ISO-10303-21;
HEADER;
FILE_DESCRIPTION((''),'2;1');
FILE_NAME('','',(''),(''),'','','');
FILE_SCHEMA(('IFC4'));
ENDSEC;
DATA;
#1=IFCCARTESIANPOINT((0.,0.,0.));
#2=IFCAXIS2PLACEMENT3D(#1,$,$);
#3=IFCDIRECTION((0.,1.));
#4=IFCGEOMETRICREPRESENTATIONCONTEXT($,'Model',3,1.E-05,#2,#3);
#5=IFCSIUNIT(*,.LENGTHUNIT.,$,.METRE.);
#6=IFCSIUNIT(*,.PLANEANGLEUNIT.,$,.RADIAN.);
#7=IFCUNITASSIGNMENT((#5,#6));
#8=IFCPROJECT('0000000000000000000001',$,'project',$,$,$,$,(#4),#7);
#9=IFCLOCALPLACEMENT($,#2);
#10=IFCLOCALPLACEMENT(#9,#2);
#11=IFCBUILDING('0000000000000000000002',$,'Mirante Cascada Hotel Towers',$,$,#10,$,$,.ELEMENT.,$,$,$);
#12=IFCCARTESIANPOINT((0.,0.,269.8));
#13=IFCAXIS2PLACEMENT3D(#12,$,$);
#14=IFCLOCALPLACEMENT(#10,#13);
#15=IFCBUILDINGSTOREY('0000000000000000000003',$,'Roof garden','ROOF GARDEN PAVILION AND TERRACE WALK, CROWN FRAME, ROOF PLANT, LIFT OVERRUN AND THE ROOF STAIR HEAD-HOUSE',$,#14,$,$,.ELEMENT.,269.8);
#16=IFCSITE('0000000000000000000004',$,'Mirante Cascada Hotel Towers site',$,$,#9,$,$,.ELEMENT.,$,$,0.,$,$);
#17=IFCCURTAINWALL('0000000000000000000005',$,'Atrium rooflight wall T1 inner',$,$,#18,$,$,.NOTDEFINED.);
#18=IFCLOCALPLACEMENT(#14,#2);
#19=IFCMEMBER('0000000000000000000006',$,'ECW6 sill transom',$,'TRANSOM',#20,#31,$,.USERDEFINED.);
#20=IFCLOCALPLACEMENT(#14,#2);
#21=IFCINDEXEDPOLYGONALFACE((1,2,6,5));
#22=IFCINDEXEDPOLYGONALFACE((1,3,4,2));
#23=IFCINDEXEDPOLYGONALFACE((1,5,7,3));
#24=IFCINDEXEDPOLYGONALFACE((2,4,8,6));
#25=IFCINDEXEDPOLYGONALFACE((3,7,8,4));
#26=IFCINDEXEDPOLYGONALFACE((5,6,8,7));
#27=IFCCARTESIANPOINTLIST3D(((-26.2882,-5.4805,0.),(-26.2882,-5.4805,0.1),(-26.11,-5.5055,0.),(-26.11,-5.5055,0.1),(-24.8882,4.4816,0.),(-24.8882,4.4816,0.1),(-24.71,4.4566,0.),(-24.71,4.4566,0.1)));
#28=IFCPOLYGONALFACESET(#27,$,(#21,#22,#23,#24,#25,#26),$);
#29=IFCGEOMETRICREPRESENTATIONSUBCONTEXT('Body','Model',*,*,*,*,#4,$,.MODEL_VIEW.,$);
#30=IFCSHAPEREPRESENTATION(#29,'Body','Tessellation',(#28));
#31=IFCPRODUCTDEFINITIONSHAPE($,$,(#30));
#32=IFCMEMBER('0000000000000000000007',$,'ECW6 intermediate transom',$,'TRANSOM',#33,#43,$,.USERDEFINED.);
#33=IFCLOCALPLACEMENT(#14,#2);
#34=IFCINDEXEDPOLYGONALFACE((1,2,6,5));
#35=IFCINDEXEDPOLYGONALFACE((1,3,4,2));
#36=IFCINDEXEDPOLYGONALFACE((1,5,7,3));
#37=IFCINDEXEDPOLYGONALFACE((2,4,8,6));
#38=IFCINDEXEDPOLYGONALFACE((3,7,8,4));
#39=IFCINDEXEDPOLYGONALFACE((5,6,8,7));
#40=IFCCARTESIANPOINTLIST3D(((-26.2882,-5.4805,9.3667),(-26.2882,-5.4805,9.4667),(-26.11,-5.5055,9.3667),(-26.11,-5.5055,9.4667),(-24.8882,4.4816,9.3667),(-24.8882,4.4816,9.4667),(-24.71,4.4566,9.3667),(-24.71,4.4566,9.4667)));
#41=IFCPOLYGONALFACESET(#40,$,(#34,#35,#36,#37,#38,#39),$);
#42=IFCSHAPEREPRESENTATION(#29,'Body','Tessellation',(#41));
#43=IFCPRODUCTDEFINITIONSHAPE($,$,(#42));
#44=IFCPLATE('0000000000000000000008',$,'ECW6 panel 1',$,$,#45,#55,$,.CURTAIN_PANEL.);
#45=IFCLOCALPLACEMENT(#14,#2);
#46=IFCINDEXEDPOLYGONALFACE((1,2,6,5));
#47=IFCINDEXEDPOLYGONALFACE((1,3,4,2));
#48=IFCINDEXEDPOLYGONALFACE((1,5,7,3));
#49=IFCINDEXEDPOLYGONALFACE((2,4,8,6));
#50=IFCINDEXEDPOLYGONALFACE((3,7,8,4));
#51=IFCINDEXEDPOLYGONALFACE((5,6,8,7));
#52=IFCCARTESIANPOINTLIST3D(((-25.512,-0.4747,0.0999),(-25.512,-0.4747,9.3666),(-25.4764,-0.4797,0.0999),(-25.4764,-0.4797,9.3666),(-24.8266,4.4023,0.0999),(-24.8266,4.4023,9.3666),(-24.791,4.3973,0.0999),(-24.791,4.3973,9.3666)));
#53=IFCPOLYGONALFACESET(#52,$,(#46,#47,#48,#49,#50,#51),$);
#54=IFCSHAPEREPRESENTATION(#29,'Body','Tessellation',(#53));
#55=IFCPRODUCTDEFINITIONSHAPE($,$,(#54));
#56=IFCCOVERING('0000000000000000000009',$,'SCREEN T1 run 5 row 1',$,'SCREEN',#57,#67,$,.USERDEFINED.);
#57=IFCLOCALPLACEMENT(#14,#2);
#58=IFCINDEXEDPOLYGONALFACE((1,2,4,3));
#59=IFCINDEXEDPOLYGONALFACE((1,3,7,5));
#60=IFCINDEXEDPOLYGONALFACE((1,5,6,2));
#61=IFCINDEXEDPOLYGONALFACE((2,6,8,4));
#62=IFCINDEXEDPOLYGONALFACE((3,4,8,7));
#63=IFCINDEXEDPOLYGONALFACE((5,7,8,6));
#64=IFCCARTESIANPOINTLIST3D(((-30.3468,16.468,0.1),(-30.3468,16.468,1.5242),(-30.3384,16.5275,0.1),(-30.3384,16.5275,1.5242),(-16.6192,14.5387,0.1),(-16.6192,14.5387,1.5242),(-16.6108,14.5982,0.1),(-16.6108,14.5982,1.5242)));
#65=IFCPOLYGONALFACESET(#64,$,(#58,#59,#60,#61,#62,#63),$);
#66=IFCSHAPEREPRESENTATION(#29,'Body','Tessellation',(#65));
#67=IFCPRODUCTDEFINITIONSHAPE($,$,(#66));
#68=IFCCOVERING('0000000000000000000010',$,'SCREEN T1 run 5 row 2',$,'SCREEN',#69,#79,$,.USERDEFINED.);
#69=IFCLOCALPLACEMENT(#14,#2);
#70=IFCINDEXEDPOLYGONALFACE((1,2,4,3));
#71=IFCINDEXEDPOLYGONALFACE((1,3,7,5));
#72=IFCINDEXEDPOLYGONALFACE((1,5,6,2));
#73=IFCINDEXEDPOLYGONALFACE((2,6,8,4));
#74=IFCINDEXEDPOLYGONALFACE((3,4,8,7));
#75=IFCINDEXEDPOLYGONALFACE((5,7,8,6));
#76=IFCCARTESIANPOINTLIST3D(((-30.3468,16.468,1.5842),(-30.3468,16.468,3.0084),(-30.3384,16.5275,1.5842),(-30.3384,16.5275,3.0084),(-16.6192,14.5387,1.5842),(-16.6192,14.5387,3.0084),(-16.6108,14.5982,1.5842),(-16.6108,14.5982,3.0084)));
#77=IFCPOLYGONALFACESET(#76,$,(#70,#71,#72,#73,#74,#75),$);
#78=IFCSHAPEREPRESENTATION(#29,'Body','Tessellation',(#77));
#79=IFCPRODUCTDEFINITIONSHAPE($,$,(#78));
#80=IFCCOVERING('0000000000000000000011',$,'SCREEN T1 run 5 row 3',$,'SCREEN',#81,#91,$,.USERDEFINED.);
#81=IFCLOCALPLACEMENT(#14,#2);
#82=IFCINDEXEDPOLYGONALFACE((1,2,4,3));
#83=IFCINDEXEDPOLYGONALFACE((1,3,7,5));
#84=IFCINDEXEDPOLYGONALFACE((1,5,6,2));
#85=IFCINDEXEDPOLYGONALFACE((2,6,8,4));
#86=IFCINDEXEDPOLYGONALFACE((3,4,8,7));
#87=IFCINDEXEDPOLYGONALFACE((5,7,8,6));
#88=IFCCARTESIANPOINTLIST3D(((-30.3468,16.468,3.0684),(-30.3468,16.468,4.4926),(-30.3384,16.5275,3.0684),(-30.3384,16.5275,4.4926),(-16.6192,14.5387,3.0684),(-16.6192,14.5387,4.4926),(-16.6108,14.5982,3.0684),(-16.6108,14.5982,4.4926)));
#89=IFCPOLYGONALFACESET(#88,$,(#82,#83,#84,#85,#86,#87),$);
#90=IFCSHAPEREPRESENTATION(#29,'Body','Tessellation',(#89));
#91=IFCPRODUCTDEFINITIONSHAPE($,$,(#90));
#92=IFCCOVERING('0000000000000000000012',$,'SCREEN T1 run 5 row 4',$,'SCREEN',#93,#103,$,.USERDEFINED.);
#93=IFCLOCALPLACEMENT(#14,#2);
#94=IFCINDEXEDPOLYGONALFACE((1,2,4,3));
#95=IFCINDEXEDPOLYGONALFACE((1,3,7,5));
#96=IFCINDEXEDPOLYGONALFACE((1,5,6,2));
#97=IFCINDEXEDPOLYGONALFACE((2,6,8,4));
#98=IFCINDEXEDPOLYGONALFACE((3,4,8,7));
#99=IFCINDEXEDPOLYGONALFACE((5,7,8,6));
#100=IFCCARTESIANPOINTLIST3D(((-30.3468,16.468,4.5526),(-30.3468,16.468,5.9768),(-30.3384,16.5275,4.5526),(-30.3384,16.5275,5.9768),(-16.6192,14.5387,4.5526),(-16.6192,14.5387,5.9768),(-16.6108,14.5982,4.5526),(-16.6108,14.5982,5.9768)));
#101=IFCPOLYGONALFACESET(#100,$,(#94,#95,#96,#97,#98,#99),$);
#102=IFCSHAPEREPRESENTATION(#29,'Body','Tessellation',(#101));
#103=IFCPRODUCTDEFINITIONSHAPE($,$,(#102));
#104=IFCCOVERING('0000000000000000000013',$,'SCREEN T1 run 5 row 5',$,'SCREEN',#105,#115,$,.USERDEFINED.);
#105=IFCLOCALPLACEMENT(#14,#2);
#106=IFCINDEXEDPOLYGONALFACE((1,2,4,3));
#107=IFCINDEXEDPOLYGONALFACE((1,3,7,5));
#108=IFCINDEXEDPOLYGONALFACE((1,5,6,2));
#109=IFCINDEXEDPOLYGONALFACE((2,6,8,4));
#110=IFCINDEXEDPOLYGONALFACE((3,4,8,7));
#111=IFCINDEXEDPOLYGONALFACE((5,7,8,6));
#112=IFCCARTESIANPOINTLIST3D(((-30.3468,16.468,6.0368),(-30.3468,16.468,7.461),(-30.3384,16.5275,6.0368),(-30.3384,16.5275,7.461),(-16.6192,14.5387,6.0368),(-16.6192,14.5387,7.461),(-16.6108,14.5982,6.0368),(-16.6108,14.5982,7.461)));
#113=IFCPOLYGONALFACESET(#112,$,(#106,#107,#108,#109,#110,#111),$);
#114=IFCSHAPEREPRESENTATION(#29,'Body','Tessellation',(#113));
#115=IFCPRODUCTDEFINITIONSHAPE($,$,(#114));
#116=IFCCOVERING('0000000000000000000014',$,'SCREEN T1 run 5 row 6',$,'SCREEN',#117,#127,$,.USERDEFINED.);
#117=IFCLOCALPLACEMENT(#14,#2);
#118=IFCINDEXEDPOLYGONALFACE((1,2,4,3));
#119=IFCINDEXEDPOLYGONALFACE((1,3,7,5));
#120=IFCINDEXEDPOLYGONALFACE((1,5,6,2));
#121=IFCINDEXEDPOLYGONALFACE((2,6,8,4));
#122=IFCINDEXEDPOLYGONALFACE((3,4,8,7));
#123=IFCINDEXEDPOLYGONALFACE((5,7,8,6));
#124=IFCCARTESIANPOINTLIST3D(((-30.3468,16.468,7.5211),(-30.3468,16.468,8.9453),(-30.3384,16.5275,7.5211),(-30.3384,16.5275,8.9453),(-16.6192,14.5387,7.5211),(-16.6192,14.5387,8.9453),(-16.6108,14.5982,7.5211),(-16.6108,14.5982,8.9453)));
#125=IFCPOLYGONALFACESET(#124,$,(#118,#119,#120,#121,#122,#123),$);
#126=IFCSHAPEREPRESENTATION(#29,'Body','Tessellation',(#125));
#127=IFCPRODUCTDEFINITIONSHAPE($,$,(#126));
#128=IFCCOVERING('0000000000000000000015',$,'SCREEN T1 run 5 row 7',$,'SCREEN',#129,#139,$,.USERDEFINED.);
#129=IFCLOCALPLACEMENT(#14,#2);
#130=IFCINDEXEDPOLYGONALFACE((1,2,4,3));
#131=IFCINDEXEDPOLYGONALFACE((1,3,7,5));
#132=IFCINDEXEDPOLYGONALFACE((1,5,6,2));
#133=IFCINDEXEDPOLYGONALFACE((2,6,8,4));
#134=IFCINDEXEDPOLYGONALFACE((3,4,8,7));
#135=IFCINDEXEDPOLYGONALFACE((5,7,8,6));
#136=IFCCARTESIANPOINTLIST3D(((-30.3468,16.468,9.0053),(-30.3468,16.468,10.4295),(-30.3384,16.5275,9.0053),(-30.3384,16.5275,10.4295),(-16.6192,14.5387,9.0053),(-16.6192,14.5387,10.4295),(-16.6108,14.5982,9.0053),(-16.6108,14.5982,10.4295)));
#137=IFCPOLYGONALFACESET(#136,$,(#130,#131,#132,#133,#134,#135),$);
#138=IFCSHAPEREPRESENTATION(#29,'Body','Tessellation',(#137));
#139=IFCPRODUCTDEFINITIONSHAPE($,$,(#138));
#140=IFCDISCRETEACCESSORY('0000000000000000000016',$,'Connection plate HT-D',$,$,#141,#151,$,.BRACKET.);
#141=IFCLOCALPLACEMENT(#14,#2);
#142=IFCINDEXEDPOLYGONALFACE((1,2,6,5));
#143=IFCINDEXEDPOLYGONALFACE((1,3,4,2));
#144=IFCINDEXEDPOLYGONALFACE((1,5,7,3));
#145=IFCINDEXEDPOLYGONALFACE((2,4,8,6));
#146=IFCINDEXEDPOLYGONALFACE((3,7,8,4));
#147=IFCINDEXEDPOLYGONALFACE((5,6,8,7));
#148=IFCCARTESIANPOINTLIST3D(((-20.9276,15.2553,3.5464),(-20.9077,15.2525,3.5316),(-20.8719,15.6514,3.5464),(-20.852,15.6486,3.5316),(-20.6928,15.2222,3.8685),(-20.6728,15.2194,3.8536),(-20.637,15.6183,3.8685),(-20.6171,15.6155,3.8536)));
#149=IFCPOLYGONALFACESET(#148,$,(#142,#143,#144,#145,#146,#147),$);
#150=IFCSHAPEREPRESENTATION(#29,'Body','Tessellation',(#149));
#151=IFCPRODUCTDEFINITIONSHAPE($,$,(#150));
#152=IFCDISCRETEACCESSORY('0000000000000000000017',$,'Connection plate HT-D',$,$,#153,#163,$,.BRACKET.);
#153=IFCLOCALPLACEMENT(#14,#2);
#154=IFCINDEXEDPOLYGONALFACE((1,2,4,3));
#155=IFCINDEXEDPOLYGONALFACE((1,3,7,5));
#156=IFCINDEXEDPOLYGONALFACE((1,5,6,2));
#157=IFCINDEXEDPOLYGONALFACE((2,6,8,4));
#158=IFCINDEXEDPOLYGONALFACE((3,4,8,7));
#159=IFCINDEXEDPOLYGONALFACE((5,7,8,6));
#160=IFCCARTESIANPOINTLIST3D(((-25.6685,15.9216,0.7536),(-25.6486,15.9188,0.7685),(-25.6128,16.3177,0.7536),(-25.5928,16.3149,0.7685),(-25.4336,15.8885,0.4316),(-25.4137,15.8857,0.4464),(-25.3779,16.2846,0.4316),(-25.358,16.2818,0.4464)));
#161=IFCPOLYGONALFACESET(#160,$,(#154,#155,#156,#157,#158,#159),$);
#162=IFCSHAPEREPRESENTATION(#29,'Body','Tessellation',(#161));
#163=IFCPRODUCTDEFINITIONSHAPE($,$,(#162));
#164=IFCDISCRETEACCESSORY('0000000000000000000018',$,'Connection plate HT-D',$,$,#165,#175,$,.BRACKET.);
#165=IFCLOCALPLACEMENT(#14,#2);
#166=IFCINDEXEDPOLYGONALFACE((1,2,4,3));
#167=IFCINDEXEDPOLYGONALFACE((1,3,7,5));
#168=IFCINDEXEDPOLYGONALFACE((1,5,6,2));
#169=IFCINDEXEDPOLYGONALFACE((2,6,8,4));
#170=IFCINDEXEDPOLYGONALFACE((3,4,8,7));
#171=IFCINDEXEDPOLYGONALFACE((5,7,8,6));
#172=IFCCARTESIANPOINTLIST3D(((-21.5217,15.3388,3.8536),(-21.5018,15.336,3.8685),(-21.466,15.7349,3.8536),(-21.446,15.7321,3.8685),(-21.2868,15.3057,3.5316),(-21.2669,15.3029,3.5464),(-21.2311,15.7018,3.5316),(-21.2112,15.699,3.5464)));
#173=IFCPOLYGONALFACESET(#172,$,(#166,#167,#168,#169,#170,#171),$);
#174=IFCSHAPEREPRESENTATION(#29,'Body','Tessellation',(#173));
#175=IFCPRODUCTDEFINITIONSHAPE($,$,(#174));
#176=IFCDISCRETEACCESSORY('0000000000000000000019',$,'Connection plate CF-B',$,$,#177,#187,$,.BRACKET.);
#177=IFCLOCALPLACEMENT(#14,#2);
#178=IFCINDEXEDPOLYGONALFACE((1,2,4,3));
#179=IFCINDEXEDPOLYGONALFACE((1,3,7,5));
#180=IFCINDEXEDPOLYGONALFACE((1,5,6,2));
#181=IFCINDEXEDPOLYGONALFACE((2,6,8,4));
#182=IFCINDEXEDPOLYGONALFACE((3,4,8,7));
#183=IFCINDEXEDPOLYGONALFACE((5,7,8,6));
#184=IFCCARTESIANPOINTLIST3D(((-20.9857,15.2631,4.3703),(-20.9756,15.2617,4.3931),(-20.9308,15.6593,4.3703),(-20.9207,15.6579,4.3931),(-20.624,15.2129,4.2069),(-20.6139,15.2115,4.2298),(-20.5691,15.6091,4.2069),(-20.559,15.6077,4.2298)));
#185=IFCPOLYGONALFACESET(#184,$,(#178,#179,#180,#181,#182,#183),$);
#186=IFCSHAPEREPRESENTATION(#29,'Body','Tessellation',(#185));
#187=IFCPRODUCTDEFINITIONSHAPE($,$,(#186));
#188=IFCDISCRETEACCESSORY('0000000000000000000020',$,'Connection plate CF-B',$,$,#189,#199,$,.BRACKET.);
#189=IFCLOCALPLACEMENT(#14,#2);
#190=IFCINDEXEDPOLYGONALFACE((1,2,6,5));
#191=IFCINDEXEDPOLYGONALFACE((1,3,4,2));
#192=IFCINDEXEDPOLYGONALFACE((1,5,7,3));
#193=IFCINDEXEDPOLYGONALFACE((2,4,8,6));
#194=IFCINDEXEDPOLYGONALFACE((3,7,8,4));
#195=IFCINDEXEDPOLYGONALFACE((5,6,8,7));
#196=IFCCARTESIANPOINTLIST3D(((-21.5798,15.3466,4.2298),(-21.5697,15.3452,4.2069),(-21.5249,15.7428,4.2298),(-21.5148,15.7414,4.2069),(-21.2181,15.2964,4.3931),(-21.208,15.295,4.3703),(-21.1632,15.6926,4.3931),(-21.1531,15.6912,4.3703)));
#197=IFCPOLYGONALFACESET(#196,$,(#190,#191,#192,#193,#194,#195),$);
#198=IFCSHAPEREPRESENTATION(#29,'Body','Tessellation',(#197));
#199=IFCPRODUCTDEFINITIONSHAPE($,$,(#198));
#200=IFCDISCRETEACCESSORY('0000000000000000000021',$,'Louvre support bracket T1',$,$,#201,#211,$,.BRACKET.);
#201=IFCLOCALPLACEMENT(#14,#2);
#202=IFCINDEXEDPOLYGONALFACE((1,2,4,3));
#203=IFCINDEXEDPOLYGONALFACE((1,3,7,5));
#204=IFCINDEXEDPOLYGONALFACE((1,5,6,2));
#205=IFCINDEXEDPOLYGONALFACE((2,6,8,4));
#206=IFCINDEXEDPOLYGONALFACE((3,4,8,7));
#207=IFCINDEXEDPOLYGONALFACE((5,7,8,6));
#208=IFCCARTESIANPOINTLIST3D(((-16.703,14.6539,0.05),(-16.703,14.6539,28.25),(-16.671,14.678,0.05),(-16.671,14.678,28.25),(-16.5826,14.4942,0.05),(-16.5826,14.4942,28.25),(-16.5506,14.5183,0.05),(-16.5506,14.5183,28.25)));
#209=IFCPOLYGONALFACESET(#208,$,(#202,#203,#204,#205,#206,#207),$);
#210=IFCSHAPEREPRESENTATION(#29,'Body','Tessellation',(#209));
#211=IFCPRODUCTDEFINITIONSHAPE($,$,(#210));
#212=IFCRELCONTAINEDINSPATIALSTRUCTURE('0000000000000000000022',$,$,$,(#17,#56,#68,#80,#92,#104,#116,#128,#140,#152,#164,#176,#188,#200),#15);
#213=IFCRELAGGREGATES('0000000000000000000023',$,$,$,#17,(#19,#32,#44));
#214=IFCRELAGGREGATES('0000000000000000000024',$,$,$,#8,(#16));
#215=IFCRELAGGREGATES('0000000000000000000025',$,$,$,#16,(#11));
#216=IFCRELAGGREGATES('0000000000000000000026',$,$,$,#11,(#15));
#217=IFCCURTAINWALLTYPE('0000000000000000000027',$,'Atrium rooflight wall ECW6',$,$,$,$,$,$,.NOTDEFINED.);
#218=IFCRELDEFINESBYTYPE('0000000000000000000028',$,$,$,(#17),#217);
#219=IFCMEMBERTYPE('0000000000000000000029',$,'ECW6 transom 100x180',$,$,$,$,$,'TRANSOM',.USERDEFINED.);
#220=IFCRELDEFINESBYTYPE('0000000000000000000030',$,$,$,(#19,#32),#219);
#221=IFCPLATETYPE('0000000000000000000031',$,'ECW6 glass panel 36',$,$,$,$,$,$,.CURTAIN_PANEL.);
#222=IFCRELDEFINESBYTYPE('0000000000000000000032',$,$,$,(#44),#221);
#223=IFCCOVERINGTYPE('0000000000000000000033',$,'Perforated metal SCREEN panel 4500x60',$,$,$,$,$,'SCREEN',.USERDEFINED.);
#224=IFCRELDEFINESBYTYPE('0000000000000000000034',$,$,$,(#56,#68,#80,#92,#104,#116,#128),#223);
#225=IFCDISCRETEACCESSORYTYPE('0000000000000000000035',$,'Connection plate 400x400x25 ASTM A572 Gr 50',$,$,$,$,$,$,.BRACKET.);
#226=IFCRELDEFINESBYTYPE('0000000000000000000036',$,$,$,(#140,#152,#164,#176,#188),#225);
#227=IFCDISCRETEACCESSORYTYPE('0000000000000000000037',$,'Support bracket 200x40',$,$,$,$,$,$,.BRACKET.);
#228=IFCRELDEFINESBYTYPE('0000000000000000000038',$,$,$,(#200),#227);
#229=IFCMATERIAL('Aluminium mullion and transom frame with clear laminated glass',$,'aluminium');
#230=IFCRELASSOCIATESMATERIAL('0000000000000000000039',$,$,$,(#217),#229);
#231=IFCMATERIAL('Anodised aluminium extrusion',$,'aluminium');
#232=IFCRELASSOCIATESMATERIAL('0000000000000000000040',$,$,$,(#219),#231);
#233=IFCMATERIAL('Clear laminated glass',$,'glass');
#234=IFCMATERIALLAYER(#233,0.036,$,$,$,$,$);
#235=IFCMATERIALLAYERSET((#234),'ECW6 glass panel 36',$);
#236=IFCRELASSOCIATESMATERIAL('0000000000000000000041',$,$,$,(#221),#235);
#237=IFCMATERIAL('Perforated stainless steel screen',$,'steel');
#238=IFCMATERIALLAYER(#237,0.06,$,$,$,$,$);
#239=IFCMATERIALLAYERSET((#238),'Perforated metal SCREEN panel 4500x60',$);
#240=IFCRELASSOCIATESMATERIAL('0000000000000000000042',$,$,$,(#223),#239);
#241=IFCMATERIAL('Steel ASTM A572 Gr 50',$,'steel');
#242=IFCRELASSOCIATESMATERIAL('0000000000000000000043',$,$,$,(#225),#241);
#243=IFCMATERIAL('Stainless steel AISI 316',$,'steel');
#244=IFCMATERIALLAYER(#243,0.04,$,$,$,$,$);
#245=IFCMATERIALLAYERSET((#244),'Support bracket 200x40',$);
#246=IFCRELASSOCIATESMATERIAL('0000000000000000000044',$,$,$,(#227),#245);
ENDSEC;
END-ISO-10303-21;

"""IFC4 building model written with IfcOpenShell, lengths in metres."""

from ifc_helpers import new_model, si_unit, direction, frame, origin, origin_2d, place, context, subcontext, project, spatial, rectangle, extrude, material, layer, layer_set, material_profile, profile_set, type_object, element, aggregate, save


model = new_model("IFC4")

# Units and contexts
model_context = context("Model", 3, precision=1e-05, world=origin(), true_north=direction((0.0, 1.0)))
body_context = subcontext(model_context, "Body", "Model", "MODEL_VIEW")
ifc_project = project(units=[si_unit("LENGTHUNIT", "METRE"), si_unit("PLANEANGLEUNIT", "RADIAN")], contexts=[model_context])

# Site, building, storey
site_placement = place(None, origin())
site = spatial("IfcSite", under=ifc_project, at=site_placement, Name="Mirante Cascada Hotel Towers site", CompositionType="ELEMENT", RefElevation=0.0)
building_placement = place(site_placement, origin())
building = spatial("IfcBuilding", under=site, at=building_placement, Name="Mirante Cascada Hotel Towers", CompositionType="ELEMENT")
storey_placement = place(building_placement, frame((0.0, 0.0, 269.8)))
storey = spatial("IfcBuildingStorey", under=building, at=storey_placement, Name="Roof garden", Description="ROOF GARDEN PAVILION AND TERRACE WALK, CROWN FRAME, ROOF PLANT, LIFT OVERRUN AND THE ROOF STAIR HEAD-HOUSE", CompositionType="ELEMENT", Elevation=269.8)

# Shared definitions
ifc_material_1 = material(Name="Aluminium mullion and transom frame with clear laminated glass", Category="aluminium")
curtain_wall_type = type_object("IfcCurtainWallType", Name="Atrium rooflight wall ECW6", PredefinedType="NOTDEFINED", material=ifc_material_1)

# Curtain wall, members, plate
curtain_wall_1_placement = place(storey_placement, origin())
curtain_wall_1 = element("IfcCurtainWall", 1, at=curtain_wall_1_placement, inside=storey, type_object=curtain_wall_type, Name="Atrium rooflight wall T1 inner", PredefinedType="NOTDEFINED")
ifc_material_2 = material(Name="Anodised aluminium extrusion", Category="aluminium")
ifc_material_profile_1 = material_profile(ifc_material_2, rectangle(XDim=0.18, YDim=0.1, at=origin_2d()), Name="ECW6 TRANSOM 100x180")
ifc_profile_set_1 = profile_set([ifc_material_profile_1], Name="Anodised aluminium extrusion")
member_type_1 = type_object("IfcMemberType", Name="ECW6 transom 100x180", ElementType="TRANSOM", PredefinedType="USERDEFINED", material=ifc_profile_set_1)
member_1_placement = place(storey_placement, frame((-24.7991, 4.4691, 0.05), z_axis=(-0.139165, -0.990269, 0.0), x_axis=(0.990269, -0.139165, 0.0)))
member_1 = element("IfcMember", 2, at=member_1_placement, type_object=member_type_1, Name="ECW6 sill transom", ObjectType="TRANSOM", PredefinedType="USERDEFINED", context=body_context, shape_type="SweptSolid", body=[
    extrude(rectangle(XDim=0.18, YDim=0.1, at=origin_2d()), origin(), (0.0, 0.0, 1.0), 10.06),
])
member_2_placement = place(storey_placement, frame((-24.7991, 4.4691, 9.4167), z_axis=(-0.139165, -0.990269, 0.0), x_axis=(0.990269, -0.139165, 0.0)))
member_2 = element("IfcMember", 3, at=member_2_placement, type_object=member_type_1, Name="ECW6 intermediate transom", ObjectType="TRANSOM", PredefinedType="USERDEFINED", context=body_context, shape_type="SweptSolid", body=[
    extrude(rectangle(XDim=0.18, YDim=0.1, at=origin_2d()), origin(), (0.0, 0.0, 1.0), 10.06),
])
ifc_material_3 = material(Name="Clear laminated glass", Category="glass")
ifc_layer_1 = layer(ifc_material_3, 0.036)
ifc_layer_set_1 = layer_set([ifc_layer_1], Name="ECW6 glass panel 36")
plate_type = type_object("IfcPlateType", Name="ECW6 glass panel 36", PredefinedType="CURTAIN_PANEL", material=ifc_layer_set_1)
plate_placement = place(storey_placement, frame((-25.1515, 1.9613, 0.0999), z_axis=(0.0, 0.0, 1.0), x_axis=(-0.139173, -0.990268, 0.0)))
plate = element("IfcPlate", 4, at=plate_placement, type_object=plate_type, Name="ECW6 panel 1", PredefinedType="CURTAIN_PANEL", context=body_context, shape_type="SweptSolid", body=[
    extrude(rectangle(XDim=4.925, YDim=0.036, at=origin_2d()), origin(), (0.0, 0.0, 1.0), 9.2667),
])
aggregate(curtain_wall_1, [member_1, member_2, plate])

# Coverings
ifc_material_4 = material(Name="Perforated stainless steel screen", Category="steel")
ifc_layer_2 = layer(ifc_material_4, 0.06)
ifc_layer_set_2 = layer_set([ifc_layer_2], Name="Perforated metal SCREEN panel 4500x60")
covering_type = type_object("IfcCoveringType", Name="Perforated metal SCREEN panel 4500x60", ElementType="SCREEN", PredefinedType="USERDEFINED", material=ifc_layer_set_2)
for number, where, z_axis, x_axis, name in (
    (5, (-23.4788, 15.5331, 0.1), (0.0, 0.0, 1.0), (-0.990268, 0.139173, 0.0), "SCREEN T1 run 5 row 1"),
    (6, (-23.4788, 15.5331, 1.5842), (0.0, 0.0, 1.0), (-0.990268, 0.139173, 0.0), "SCREEN T1 run 5 row 2"),
    (7, (-23.4788, 15.5331, 3.0684), (0.0, 0.0, 1.0), (-0.990268, 0.139173, 0.0), "SCREEN T1 run 5 row 3"),
    (8, (-23.4788, 15.5331, 4.5526), (0.0, 0.0, 1.0), (-0.990268, 0.139173, 0.0), "SCREEN T1 run 5 row 4"),
    (9, (-23.4788, 15.5331, 6.0368), (0.0, 0.0, 1.0), (-0.990268, 0.139173, 0.0), "SCREEN T1 run 5 row 5"),
    (10, (-23.4788, 15.5331, 7.5211), (0.0, 0.0, 1.0), (-0.990268, 0.139173, 0.0), "SCREEN T1 run 5 row 6"),
    (11, (-23.4788, 15.5331, 9.0053), (0.0, 0.0, 1.0), (-0.990268, 0.139173, 0.0), "SCREEN T1 run 5 row 7"),
):
    element("IfcCovering", number, at=place(storey_placement, frame(where, z_axis=z_axis, x_axis=x_axis)), inside=storey, type_object=covering_type, Name=name, ObjectType="SCREEN", PredefinedType="USERDEFINED", context=body_context, shape_type="SweptSolid", body=[
        extrude(rectangle(XDim=13.8625, YDim=0.06, at=origin_2d()), origin(), (0.0, 0.0, 1.0), 1.4242),
    ])

# Discrete accessories
ifc_material_5 = material(Name="Steel ASTM A572 Gr 50", Category="steel")
ifc_material_profile_2 = material_profile(ifc_material_5, rectangle(XDim=0.4, YDim=0.4, at=origin_2d()), Name="Connection plate 400x400x25 ASTM A572 Gr 50")
ifc_profile_set_2 = profile_set([ifc_material_profile_2], Name="Steel ASTM A572 Gr 50")
discrete_accessory_type_1 = type_object("IfcDiscreteAccessoryType", Name="Connection plate 400x400x25 ASTM A572 Gr 50", PredefinedType="BRACKET", material=ifc_profile_set_2)
for number, where, z_axis, x_axis, name in (
    (12, (-20.7624, 15.434, 3.6926), (-0.797347, 0.112189, 0.593002), (-0.139331, -0.990246, 0.0), "Connection plate HT-D"),
    (13, (-25.5232, 16.1031, 0.5926), (0.797347, -0.112189, 0.593002), (0.139331, 0.990246, 0.0), "Connection plate HT-D"),
    (14, (-21.3764, 15.5203, 3.6926), (0.797347, -0.112189, 0.593002), (0.139331, 0.990246, 0.0), "Connection plate HT-D"),
    (15, (-20.7774, 15.4361, 4.2886), (0.404385, -0.056053, 0.91287), (0.137301, 0.990529, 0.0), "Connection plate CF-B"),
    (16, (-21.3614, 15.5182, 4.2886), (-0.404385, 0.056053, 0.91287), (-0.137301, -0.990529, 0.0), "Connection plate CF-B"),
):
    element("IfcDiscreteAccessory", number, at=place(storey_placement, frame(where, z_axis=z_axis, x_axis=x_axis)), inside=storey, type_object=discrete_accessory_type_1, Name=name, PredefinedType="BRACKET", context=body_context, shape_type="SweptSolid", body=[
        extrude(rectangle(XDim=0.4, YDim=0.4, at=origin_2d()), origin(), (0.0, 0.0, 1.0), 0.025),
    ])
ifc_material_6 = material(Name="Stainless steel AISI 316", Category="steel")
ifc_layer_3 = layer(ifc_material_6, 0.04)
ifc_layer_set_3 = layer_set([ifc_layer_3], Name="Support bracket 200x40")
discrete_accessory_type_2 = type_object("IfcDiscreteAccessoryType", Name="Support bracket 200x40", PredefinedType="BRACKET", material=ifc_layer_set_3)
discrete_accessory_placement = place(storey_placement, frame((-16.6268, 14.5861, 0.05), z_axis=(0.0, 0.0, 1.0), x_axis=(-0.601815, 0.798636, 0.0)))
element("IfcDiscreteAccessory", 17, at=discrete_accessory_placement, inside=storey, type_object=discrete_accessory_type_2, Name="Louvre support bracket T1", PredefinedType="BRACKET", context=body_context, shape_type="SweptSolid", body=[
    extrude(rectangle(XDim=0.2, YDim=0.04, at=origin_2d()), origin(), (0.0, 0.0, 1.0), 28.2),
])

save(model, "model.ifc")
